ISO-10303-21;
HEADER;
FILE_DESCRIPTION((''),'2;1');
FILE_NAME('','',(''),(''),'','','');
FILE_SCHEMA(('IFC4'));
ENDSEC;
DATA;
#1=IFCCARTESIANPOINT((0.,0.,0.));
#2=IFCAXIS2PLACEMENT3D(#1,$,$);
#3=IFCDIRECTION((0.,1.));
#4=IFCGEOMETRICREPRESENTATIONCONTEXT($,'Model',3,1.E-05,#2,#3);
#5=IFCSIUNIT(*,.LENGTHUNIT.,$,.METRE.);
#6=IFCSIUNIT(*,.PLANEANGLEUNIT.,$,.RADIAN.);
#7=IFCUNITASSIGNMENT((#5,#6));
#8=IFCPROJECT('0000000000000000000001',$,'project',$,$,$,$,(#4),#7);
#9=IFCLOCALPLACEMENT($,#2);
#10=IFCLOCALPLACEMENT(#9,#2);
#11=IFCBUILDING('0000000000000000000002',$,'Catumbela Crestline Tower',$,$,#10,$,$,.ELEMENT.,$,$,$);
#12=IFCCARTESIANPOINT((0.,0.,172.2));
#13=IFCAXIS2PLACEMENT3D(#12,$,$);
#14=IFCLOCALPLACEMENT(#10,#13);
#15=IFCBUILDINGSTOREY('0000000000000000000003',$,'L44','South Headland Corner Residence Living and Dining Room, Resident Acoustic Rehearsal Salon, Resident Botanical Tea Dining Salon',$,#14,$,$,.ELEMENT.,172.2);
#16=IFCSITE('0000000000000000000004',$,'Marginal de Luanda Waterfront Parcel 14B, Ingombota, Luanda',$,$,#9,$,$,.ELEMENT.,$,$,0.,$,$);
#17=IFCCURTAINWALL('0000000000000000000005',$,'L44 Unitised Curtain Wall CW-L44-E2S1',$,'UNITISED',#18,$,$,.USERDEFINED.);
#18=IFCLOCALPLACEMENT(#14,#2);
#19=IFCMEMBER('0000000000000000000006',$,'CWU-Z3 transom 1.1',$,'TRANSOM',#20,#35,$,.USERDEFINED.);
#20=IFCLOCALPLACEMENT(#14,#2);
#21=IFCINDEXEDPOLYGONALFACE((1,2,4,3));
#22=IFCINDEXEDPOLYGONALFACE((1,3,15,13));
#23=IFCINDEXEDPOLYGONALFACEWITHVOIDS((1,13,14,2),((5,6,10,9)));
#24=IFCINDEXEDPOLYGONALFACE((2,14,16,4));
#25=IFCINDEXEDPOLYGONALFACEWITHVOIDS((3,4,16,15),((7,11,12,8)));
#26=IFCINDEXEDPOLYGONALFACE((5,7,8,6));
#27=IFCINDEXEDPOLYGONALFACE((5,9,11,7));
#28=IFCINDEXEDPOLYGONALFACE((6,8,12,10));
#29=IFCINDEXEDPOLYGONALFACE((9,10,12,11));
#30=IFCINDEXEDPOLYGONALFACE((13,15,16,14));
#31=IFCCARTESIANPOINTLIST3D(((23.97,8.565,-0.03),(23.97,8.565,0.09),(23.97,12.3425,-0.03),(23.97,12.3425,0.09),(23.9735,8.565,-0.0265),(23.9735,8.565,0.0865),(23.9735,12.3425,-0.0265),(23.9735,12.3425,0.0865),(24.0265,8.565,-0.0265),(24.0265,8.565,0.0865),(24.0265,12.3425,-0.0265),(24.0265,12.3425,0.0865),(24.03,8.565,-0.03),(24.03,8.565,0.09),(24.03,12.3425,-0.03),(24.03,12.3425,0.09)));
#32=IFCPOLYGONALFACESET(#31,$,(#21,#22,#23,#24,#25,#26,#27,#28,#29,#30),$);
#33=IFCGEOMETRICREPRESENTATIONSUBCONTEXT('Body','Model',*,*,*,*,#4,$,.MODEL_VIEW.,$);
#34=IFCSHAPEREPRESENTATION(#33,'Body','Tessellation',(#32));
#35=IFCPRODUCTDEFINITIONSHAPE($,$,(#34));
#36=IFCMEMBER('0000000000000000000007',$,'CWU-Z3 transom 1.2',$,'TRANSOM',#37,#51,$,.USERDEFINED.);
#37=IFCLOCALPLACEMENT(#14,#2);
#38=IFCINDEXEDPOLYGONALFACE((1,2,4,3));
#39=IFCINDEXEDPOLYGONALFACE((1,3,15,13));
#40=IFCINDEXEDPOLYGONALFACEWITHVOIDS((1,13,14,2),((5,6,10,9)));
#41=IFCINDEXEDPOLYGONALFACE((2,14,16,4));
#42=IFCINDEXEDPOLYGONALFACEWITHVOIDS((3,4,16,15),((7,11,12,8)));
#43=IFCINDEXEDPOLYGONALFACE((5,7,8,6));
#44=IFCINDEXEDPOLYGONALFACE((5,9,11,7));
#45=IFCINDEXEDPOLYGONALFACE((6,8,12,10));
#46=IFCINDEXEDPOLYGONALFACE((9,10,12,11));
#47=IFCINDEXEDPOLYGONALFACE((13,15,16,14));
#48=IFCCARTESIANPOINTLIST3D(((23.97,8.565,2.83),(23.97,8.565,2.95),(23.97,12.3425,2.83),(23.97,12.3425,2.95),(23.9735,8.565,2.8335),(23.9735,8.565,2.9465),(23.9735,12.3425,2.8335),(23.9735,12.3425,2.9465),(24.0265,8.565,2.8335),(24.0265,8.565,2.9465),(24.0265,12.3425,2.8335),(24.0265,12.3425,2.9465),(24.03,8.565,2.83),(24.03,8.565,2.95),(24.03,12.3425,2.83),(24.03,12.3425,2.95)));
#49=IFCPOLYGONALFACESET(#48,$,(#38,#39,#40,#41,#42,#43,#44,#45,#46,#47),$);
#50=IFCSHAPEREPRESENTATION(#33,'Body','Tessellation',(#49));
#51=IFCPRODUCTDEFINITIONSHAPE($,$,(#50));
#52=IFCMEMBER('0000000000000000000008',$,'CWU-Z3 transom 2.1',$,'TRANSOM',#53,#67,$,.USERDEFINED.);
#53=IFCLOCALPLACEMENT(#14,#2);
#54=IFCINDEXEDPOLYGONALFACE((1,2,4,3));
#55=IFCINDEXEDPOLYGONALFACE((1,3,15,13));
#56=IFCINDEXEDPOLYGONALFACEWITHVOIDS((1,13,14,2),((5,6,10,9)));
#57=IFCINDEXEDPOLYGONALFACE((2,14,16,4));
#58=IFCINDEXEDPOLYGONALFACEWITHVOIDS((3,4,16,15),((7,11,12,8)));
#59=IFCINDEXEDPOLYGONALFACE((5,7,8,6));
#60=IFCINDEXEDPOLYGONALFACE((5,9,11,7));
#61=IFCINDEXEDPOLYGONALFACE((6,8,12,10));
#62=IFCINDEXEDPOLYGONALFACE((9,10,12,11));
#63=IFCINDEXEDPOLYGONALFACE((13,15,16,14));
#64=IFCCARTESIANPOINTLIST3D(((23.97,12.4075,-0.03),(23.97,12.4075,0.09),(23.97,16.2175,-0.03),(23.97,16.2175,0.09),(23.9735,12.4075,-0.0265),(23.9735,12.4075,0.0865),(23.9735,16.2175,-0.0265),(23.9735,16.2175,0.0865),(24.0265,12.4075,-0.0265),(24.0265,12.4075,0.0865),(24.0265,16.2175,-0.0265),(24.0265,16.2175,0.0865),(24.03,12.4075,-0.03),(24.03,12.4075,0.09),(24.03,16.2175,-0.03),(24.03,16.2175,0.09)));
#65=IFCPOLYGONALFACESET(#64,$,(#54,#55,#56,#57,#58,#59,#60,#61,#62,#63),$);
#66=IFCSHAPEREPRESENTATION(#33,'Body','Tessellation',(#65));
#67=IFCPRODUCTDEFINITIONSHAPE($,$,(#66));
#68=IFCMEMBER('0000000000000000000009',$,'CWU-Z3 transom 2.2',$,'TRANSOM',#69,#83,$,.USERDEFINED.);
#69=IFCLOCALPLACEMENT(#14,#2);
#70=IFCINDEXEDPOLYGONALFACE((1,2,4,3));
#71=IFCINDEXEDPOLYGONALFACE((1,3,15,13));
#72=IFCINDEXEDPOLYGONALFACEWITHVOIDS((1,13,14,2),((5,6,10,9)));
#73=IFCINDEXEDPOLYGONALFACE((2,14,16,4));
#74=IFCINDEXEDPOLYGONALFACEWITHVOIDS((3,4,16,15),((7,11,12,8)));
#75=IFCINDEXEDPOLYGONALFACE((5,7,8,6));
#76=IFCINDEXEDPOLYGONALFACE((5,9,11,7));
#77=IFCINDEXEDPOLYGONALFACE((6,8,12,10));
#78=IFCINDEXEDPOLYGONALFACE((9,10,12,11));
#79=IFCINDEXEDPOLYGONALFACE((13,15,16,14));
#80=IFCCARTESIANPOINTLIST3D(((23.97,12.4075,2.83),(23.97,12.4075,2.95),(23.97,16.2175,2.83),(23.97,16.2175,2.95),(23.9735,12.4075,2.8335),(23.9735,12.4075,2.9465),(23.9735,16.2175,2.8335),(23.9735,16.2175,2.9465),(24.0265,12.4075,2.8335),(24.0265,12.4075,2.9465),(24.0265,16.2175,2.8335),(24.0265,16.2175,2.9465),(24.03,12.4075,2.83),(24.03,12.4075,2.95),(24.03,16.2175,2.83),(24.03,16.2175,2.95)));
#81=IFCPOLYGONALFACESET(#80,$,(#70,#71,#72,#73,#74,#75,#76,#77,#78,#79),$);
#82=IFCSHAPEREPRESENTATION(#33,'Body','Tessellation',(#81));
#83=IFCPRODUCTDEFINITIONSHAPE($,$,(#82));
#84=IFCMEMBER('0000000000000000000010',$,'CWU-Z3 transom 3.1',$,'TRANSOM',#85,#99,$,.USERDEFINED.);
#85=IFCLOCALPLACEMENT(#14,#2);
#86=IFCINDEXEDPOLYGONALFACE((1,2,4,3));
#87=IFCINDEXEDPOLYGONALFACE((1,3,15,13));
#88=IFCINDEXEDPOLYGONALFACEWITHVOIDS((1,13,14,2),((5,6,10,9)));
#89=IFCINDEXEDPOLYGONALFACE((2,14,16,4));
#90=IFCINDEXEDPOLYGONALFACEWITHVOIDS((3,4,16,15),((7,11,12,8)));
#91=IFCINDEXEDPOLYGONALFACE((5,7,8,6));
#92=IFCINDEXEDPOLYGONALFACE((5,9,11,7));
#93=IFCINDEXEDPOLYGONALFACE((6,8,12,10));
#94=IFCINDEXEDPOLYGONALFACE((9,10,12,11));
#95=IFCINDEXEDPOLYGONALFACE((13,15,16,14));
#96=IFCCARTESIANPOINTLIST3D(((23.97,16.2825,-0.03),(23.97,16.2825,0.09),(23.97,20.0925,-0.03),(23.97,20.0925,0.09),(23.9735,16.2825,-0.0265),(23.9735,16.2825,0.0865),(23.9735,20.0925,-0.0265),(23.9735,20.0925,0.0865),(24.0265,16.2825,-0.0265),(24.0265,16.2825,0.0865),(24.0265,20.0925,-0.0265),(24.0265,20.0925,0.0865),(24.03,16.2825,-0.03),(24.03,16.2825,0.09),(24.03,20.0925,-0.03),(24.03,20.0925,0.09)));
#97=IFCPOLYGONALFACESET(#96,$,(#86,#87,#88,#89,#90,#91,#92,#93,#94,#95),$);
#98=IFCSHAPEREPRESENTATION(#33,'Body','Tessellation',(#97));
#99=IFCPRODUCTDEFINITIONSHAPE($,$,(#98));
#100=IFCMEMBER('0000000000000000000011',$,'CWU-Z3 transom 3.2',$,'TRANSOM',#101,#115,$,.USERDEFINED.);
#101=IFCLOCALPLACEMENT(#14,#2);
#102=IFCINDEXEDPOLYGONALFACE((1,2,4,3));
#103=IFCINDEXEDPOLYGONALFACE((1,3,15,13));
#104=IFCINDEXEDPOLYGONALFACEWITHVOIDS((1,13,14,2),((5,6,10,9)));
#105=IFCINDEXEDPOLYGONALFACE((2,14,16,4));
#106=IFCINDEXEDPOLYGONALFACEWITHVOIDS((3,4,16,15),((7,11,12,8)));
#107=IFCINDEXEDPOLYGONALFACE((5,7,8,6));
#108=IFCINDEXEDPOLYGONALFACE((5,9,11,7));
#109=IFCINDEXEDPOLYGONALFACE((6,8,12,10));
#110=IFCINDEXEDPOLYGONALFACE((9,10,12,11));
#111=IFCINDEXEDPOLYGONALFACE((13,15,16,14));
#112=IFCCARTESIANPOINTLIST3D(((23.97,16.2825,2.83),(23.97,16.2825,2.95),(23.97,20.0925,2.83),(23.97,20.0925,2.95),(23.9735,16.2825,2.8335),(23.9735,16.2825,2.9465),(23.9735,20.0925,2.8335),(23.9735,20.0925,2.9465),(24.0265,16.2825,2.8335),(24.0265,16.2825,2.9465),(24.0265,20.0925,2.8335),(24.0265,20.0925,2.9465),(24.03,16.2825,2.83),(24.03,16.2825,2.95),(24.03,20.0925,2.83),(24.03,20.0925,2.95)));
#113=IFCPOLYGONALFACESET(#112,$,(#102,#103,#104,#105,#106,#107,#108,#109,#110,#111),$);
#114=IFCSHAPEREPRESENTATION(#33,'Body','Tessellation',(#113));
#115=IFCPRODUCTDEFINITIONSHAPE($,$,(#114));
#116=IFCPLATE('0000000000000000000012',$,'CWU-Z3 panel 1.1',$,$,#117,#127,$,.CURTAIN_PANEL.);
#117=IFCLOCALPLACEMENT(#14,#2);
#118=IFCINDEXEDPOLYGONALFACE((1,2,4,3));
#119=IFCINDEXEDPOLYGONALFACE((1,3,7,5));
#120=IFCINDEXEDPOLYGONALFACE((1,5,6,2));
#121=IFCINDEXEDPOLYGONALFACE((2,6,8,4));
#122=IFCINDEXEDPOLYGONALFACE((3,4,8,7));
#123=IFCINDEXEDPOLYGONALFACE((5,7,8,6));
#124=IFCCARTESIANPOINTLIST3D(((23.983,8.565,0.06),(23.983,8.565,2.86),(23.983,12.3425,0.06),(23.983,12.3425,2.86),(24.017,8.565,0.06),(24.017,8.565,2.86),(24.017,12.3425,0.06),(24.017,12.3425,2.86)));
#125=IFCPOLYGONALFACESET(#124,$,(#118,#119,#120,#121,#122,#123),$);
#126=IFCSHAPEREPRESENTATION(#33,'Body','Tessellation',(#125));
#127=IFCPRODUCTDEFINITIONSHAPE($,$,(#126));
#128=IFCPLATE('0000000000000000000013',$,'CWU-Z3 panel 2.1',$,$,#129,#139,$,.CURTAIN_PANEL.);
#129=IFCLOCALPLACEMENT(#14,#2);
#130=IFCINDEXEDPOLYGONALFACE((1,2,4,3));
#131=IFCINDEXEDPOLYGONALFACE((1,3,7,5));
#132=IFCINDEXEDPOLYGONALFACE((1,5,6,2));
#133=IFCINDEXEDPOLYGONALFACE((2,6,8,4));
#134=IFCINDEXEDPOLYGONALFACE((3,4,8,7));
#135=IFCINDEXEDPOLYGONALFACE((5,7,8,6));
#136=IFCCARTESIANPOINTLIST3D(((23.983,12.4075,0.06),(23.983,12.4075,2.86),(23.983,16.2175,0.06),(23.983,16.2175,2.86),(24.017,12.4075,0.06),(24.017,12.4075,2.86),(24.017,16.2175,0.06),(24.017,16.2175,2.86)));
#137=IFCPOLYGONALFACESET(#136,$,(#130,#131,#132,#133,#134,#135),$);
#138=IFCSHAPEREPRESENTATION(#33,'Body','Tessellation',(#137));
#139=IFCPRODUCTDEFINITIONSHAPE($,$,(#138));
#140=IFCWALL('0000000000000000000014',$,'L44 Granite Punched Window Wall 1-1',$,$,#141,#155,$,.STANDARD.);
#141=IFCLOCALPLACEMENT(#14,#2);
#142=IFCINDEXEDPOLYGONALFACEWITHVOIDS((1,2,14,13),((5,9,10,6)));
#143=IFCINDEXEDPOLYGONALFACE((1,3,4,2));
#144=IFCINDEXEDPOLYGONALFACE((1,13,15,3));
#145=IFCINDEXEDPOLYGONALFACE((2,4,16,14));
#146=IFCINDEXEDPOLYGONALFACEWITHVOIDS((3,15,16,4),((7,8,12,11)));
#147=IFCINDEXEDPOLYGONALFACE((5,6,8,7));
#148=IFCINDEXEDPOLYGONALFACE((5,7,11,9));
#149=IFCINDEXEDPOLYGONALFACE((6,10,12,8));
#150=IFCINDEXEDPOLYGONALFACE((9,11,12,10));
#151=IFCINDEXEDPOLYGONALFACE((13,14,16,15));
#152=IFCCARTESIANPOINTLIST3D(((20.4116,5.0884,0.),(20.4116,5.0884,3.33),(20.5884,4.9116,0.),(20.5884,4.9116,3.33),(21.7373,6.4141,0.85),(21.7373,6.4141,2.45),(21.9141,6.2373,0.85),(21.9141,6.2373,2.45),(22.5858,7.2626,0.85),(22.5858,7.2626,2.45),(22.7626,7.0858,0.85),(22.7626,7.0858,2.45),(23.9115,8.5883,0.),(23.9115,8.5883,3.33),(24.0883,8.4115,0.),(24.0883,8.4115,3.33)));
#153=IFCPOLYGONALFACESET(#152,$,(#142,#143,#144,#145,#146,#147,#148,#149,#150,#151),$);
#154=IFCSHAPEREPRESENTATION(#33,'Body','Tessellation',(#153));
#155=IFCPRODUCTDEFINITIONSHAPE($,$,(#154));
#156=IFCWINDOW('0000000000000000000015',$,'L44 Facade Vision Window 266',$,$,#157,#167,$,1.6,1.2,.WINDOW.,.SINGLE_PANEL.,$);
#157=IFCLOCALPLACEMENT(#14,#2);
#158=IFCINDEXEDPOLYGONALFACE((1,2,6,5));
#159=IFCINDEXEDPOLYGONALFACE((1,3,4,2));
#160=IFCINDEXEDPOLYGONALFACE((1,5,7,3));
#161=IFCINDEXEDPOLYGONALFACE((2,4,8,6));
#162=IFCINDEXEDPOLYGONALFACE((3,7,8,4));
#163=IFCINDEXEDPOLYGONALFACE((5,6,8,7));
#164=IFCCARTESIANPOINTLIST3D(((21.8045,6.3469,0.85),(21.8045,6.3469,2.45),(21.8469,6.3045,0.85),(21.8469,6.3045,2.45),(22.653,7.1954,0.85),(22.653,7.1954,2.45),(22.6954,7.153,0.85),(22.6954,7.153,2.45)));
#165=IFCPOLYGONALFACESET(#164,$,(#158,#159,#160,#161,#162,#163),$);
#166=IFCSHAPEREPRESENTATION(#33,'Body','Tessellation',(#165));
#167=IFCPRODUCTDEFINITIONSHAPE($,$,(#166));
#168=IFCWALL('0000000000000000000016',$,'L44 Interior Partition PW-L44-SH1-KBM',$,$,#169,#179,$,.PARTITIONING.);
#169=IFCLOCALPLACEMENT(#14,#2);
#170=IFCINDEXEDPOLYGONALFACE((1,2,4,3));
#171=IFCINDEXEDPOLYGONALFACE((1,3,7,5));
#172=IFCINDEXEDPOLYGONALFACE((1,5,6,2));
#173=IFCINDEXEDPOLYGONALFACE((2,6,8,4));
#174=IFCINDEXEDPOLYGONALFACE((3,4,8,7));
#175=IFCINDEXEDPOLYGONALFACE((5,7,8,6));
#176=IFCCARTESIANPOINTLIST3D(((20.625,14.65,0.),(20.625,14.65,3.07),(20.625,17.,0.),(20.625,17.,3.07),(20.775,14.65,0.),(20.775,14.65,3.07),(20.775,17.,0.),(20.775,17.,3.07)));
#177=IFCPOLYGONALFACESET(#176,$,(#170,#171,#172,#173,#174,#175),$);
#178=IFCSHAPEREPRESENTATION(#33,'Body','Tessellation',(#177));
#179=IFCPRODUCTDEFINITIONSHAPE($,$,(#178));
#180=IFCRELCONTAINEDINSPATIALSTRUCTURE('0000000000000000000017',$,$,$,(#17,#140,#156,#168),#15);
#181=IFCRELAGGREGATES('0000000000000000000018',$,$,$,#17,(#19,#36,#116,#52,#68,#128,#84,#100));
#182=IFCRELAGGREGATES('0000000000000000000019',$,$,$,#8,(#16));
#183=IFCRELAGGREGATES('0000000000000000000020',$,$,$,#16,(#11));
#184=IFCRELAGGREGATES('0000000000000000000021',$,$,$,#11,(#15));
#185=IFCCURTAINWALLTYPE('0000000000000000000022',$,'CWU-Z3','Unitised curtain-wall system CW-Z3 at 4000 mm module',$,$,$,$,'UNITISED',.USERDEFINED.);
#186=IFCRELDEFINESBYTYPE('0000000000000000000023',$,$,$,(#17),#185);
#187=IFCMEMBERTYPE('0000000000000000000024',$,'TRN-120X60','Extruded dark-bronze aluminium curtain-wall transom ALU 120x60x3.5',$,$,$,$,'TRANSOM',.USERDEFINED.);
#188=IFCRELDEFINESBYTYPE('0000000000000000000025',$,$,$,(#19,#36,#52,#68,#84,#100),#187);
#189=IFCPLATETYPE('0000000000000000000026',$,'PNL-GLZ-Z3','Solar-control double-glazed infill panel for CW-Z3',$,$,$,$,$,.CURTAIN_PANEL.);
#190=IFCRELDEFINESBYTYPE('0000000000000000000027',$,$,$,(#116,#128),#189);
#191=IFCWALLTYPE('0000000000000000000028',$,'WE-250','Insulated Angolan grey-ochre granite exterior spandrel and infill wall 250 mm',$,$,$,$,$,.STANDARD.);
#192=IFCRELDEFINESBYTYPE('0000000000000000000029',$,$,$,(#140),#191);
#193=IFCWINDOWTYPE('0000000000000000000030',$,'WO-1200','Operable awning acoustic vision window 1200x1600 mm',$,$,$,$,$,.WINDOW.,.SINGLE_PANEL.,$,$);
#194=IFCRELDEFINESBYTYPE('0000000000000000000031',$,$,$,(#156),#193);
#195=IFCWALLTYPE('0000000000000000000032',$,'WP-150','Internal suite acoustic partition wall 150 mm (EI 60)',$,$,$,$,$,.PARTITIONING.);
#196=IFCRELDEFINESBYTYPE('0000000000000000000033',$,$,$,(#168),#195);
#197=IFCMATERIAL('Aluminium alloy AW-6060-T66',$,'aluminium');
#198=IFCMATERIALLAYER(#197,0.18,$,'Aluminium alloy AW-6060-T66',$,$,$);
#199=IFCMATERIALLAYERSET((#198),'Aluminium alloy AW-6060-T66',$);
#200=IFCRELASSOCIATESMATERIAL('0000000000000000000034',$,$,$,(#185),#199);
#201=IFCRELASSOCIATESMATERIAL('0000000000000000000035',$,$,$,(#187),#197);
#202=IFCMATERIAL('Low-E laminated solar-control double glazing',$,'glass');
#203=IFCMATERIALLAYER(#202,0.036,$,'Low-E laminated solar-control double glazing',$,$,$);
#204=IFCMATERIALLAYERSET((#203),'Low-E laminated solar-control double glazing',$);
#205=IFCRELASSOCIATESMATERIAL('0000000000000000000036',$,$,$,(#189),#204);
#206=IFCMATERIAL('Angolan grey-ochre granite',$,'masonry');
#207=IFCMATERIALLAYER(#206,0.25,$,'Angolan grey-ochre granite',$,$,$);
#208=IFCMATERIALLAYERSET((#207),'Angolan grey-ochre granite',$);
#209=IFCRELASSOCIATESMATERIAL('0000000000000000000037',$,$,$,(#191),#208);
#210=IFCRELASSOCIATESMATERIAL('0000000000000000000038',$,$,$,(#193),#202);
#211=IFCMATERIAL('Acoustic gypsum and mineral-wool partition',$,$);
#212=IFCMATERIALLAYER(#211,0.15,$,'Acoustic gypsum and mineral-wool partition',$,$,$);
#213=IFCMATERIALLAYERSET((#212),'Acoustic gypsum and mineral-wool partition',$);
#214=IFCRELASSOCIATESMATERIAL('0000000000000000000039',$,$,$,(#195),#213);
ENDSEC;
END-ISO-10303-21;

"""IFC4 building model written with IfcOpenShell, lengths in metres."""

from ifc_helpers import new_model, si_unit, direction, frame, frame_2d, origin, origin_2d, place, context, subcontext, project, spatial, rectangle, hollow_rectangle, extrude, material, layer, layer_set, material_profile, profile_set, type_object, element, fill, aggregate, save


model = new_model("IFC4")

# Units and contexts
model_context = context("Model", 3, precision=1e-05, world=origin(), true_north=direction((0.0, 1.0)))
body_context = subcontext(model_context, "Body", "Model", "MODEL_VIEW")
ifc_project = project(units=[si_unit("LENGTHUNIT", "METRE"), si_unit("PLANEANGLEUNIT", "RADIAN")], contexts=[model_context])

# Site, building, storey
site_placement = place(None, origin())
site = spatial("IfcSite", under=ifc_project, at=site_placement, Name="Marginal de Luanda Waterfront Parcel 14B, Ingombota, Luanda", CompositionType="ELEMENT", RefElevation=0.0)
building_placement = place(site_placement, origin())
building = spatial("IfcBuilding", under=site, at=building_placement, Name="Catumbela Crestline Tower", CompositionType="ELEMENT")
storey_placement = place(building_placement, frame((0.0, 0.0, 172.2)))
storey = spatial("IfcBuildingStorey", under=building, at=storey_placement, Name="L44", Description="South Headland Corner Residence Living and Dining Room, Resident Acoustic Rehearsal Salon, Resident Botanical Tea Dining Salon", CompositionType="ELEMENT", Elevation=172.2)

# Shared definitions
ifc_material_1 = material(Name="Aluminium alloy AW-6060-T66", Category="aluminium")
ifc_layer_1 = layer(ifc_material_1, 0.18, Name="Aluminium alloy AW-6060-T66")
ifc_layer_set_1 = layer_set([ifc_layer_1], Name="Aluminium alloy AW-6060-T66")
curtain_wall_type = type_object("IfcCurtainWallType", Name="CWU-Z3", Description="Unitised curtain-wall system CW-Z3 at 4000 mm module", ElementType="UNITISED", PredefinedType="USERDEFINED", material=ifc_layer_set_1)

# Curtain wall
curtain_wall_1_placement = place(storey_placement, origin())
curtain_wall_1 = element("IfcCurtainWall", 1, at=curtain_wall_1_placement, inside=storey, type_object=curtain_wall_type, Name="L44 Unitised Curtain Wall CW-L44-E2S1", ObjectType="UNITISED", PredefinedType="USERDEFINED")

# Members
ifc_material_profile_1 = material_profile(ifc_material_1, hollow_rectangle(XDim=0.06, YDim=0.12, WallThickness=0.0035, at=origin_2d()), Name="ALU 120x60x3.5")
ifc_profile_set_1 = profile_set([ifc_material_profile_1], Name="Aluminium alloy AW-6060-T66")
member_type_1 = type_object("IfcMemberType", Name="TRN-120X60", Description="Extruded dark-bronze aluminium curtain-wall transom ALU 120x60x3.5", ElementType="TRANSOM", PredefinedType="USERDEFINED", material=ifc_profile_set_1)
member_1_placement = place(storey_placement, frame((24.0, 8.565, 0.03), z_axis=(0.0, 1.0, 0.0), x_axis=(-1.0, 0.0, 0.0)))
member_1 = element("IfcMember", 2, at=member_1_placement, type_object=member_type_1, Name="CWU-Z3 transom 1.1", ObjectType="TRANSOM", PredefinedType="USERDEFINED", context=body_context, shape_type="SweptSolid", body=[
    extrude(hollow_rectangle(XDim=0.06, YDim=0.12, WallThickness=0.0035, at=origin_2d()), origin(), (0.0, 0.0, 1.0), 3.7775),
])
member_2_placement = place(storey_placement, frame((24.0, 8.565, 2.89), z_axis=(0.0, 1.0, 0.0), x_axis=(-1.0, 0.0, 0.0)))
member_2 = element("IfcMember", 3, at=member_2_placement, type_object=member_type_1, Name="CWU-Z3 transom 1.2", ObjectType="TRANSOM", PredefinedType="USERDEFINED", context=body_context, shape_type="SweptSolid", body=[
    extrude(hollow_rectangle(XDim=0.06, YDim=0.12, WallThickness=0.0035, at=origin_2d()), origin(), (0.0, 0.0, 1.0), 3.7775),
])
member_3_placement = place(storey_placement, frame((24.0, 12.4075, 0.03), z_axis=(0.0, 1.0, 0.0), x_axis=(-1.0, 0.0, 0.0)))
member_3 = element("IfcMember", 4, at=member_3_placement, type_object=member_type_1, Name="CWU-Z3 transom 2.1", ObjectType="TRANSOM", PredefinedType="USERDEFINED", context=body_context, shape_type="SweptSolid", body=[
    extrude(hollow_rectangle(XDim=0.06, YDim=0.12, WallThickness=0.0035, at=origin_2d()), origin(), (0.0, 0.0, 1.0), 3.81),
])
member_4_placement = place(storey_placement, frame((24.0, 12.4075, 2.89), z_axis=(0.0, 1.0, 0.0), x_axis=(-1.0, 0.0, 0.0)))
member_4 = element("IfcMember", 5, at=member_4_placement, type_object=member_type_1, Name="CWU-Z3 transom 2.2", ObjectType="TRANSOM", PredefinedType="USERDEFINED", context=body_context, shape_type="SweptSolid", body=[
    extrude(hollow_rectangle(XDim=0.06, YDim=0.12, WallThickness=0.0035, at=origin_2d()), origin(), (0.0, 0.0, 1.0), 3.81),
])
member_5_placement = place(storey_placement, frame((24.0, 16.2825, 0.03), z_axis=(0.0, 1.0, 0.0), x_axis=(-1.0, 0.0, 0.0)))
member_5 = element("IfcMember", 6, at=member_5_placement, type_object=member_type_1, Name="CWU-Z3 transom 3.1", ObjectType="TRANSOM", PredefinedType="USERDEFINED", context=body_context, shape_type="SweptSolid", body=[
    extrude(hollow_rectangle(XDim=0.06, YDim=0.12, WallThickness=0.0035, at=origin_2d()), origin(), (0.0, 0.0, 1.0), 3.81),
])
member_6_placement = place(storey_placement, frame((24.0, 16.2825, 2.89), z_axis=(0.0, 1.0, 0.0), x_axis=(-1.0, 0.0, 0.0)))
member_6 = element("IfcMember", 7, at=member_6_placement, type_object=member_type_1, Name="CWU-Z3 transom 3.2", ObjectType="TRANSOM", PredefinedType="USERDEFINED", context=body_context, shape_type="SweptSolid", body=[
    extrude(hollow_rectangle(XDim=0.06, YDim=0.12, WallThickness=0.0035, at=origin_2d()), origin(), (0.0, 0.0, 1.0), 3.81),
])

# Plates
ifc_material_2 = material(Name="Low-E laminated solar-control double glazing", Category="glass")
ifc_layer_2 = layer(ifc_material_2, 0.036, Name="Low-E laminated solar-control double glazing")
ifc_layer_set_2 = layer_set([ifc_layer_2], Name="Low-E laminated solar-control double glazing")
plate_type = type_object("IfcPlateType", Name="PNL-GLZ-Z3", Description="Solar-control double-glazed infill panel for CW-Z3", PredefinedType="CURTAIN_PANEL", material=ifc_layer_set_2)
plate_1_placement = place(storey_placement, frame((24.0, 10.4538, 0.06), z_axis=(0.0, 0.0, 1.0), x_axis=(0.0, 1.0, 0.0)))
plate_1 = element("IfcPlate", 8, at=plate_1_placement, type_object=plate_type, Name="CWU-Z3 panel 1.1", PredefinedType="CURTAIN_PANEL", context=body_context, shape_type="SweptSolid", body=[
    extrude(rectangle(XDim=3.7775, YDim=0.034, at=origin_2d()), origin(), (0.0, 0.0, 1.0), 2.8),
])
plate_2_placement = place(storey_placement, frame((24.0, 14.3125, 0.06), z_axis=(0.0, 0.0, 1.0), x_axis=(0.0, 1.0, 0.0)))
plate_2 = element("IfcPlate", 9, at=plate_2_placement, type_object=plate_type, Name="CWU-Z3 panel 2.1", PredefinedType="CURTAIN_PANEL", context=body_context, shape_type="SweptSolid", body=[
    extrude(rectangle(XDim=3.81, YDim=0.034, at=origin_2d()), origin(), (0.0, 0.0, 1.0), 2.8),
])
aggregate(curtain_wall_1, [member_1, member_2, plate_1, member_3, member_4, plate_2, member_5, member_6])

# Wall, opening, window
ifc_material_3 = material(Name="Angolan grey-ochre granite", Category="masonry")
ifc_layer_3 = layer(ifc_material_3, 0.25, Name="Angolan grey-ochre granite")
ifc_layer_set_3 = layer_set([ifc_layer_3], Name="Angolan grey-ochre granite")
wall_type_1 = type_object("IfcWallType", Name="WE-250", Description="Insulated Angolan grey-ochre granite exterior spandrel and infill wall 250 mm", PredefinedType="STANDARD", material=ifc_layer_set_3)
wall_1_placement = place(storey_placement, frame((20.5, 5.0, 0.0), z_axis=(0.0, 0.0, 1.0), x_axis=(0.707107, 0.707107, 0.0)))
wall_1 = element("IfcWall", 10, at=wall_1_placement, inside=storey, type_object=wall_type_1, Name="L44 Granite Punched Window Wall 1-1", PredefinedType="STANDARD", context=body_context, shape_type="SweptSolid", body=[
    extrude(rectangle(XDim=4.9497, YDim=0.25, at=frame_2d((2.4748, 0.0))), origin(), (0.0, 0.0, 1.0), 3.33),
])
opening_1_placement = place(wall_1_placement, frame((1.8748, 0.0, 0.85)))
opening_1 = element("IfcOpeningElement", 11, at=opening_1_placement, cuts=wall_1, PredefinedType="OPENING", context=body_context, shape_type="SweptSolid", body=[
    extrude(rectangle(XDim=1.2, YDim=1.6, at=frame_2d((0.6, 0.8))), frame((0.0, 0.135, 0.0), z_axis=(0.0, -1.0, 0.0), x_axis=(1.0, 0.0, 0.0)), (0.0, 0.0, 1.0), 0.27),
])
window_type = type_object("IfcWindowType", Name="WO-1200", Description="Operable awning acoustic vision window 1200x1600 mm", PartitioningType="SINGLE_PANEL", PredefinedType="WINDOW", material=ifc_material_2)
window_placement = place(opening_1_placement, origin())
window = element("IfcWindow", 12, at=window_placement, inside=storey, type_object=window_type, Name="L44 Facade Vision Window 266", OverallHeight=1.6, OverallWidth=1.2, PartitioningType="SINGLE_PANEL", PredefinedType="WINDOW", context=body_context, shape_type="SweptSolid", body=[
    extrude(rectangle(XDim=1.2, YDim=1.6, at=frame_2d((0.6, 0.8))), frame((0.0, 0.03, 0.0), z_axis=(0.0, -1.0, 0.0), x_axis=(1.0, 0.0, 0.0)), (0.0, 0.0, 1.0), 0.06),
])
fill(opening_1, window)

# Wall
ifc_material_4 = material(Name="Acoustic gypsum and mineral-wool partition")
ifc_layer_4 = layer(ifc_material_4, 0.15, Name="Acoustic gypsum and mineral-wool partition")
ifc_layer_set_4 = layer_set([ifc_layer_4], Name="Acoustic gypsum and mineral-wool partition")
wall_type_2 = type_object("IfcWallType", Name="WP-150", Description="Internal suite acoustic partition wall 150 mm (EI 60)", PredefinedType="PARTITIONING", material=ifc_layer_set_4)
wall_2_placement = place(storey_placement, frame((20.7, 14.65, 0.0), z_axis=(0.0, 0.0, 1.0), x_axis=(0.0, 1.0, 0.0)))
element("IfcWall", 13, at=wall_2_placement, inside=storey, type_object=wall_type_2, Name="L44 Interior Partition PW-L44-SH1-KBM", PredefinedType="PARTITIONING", context=body_context, shape_type="SweptSolid", body=[
    extrude(rectangle(XDim=2.35, YDim=0.15, at=frame_2d((1.175, 0.0))), origin(), (0.0, 0.0, 1.0), 3.07),
])

save(model, "model.ifc")
